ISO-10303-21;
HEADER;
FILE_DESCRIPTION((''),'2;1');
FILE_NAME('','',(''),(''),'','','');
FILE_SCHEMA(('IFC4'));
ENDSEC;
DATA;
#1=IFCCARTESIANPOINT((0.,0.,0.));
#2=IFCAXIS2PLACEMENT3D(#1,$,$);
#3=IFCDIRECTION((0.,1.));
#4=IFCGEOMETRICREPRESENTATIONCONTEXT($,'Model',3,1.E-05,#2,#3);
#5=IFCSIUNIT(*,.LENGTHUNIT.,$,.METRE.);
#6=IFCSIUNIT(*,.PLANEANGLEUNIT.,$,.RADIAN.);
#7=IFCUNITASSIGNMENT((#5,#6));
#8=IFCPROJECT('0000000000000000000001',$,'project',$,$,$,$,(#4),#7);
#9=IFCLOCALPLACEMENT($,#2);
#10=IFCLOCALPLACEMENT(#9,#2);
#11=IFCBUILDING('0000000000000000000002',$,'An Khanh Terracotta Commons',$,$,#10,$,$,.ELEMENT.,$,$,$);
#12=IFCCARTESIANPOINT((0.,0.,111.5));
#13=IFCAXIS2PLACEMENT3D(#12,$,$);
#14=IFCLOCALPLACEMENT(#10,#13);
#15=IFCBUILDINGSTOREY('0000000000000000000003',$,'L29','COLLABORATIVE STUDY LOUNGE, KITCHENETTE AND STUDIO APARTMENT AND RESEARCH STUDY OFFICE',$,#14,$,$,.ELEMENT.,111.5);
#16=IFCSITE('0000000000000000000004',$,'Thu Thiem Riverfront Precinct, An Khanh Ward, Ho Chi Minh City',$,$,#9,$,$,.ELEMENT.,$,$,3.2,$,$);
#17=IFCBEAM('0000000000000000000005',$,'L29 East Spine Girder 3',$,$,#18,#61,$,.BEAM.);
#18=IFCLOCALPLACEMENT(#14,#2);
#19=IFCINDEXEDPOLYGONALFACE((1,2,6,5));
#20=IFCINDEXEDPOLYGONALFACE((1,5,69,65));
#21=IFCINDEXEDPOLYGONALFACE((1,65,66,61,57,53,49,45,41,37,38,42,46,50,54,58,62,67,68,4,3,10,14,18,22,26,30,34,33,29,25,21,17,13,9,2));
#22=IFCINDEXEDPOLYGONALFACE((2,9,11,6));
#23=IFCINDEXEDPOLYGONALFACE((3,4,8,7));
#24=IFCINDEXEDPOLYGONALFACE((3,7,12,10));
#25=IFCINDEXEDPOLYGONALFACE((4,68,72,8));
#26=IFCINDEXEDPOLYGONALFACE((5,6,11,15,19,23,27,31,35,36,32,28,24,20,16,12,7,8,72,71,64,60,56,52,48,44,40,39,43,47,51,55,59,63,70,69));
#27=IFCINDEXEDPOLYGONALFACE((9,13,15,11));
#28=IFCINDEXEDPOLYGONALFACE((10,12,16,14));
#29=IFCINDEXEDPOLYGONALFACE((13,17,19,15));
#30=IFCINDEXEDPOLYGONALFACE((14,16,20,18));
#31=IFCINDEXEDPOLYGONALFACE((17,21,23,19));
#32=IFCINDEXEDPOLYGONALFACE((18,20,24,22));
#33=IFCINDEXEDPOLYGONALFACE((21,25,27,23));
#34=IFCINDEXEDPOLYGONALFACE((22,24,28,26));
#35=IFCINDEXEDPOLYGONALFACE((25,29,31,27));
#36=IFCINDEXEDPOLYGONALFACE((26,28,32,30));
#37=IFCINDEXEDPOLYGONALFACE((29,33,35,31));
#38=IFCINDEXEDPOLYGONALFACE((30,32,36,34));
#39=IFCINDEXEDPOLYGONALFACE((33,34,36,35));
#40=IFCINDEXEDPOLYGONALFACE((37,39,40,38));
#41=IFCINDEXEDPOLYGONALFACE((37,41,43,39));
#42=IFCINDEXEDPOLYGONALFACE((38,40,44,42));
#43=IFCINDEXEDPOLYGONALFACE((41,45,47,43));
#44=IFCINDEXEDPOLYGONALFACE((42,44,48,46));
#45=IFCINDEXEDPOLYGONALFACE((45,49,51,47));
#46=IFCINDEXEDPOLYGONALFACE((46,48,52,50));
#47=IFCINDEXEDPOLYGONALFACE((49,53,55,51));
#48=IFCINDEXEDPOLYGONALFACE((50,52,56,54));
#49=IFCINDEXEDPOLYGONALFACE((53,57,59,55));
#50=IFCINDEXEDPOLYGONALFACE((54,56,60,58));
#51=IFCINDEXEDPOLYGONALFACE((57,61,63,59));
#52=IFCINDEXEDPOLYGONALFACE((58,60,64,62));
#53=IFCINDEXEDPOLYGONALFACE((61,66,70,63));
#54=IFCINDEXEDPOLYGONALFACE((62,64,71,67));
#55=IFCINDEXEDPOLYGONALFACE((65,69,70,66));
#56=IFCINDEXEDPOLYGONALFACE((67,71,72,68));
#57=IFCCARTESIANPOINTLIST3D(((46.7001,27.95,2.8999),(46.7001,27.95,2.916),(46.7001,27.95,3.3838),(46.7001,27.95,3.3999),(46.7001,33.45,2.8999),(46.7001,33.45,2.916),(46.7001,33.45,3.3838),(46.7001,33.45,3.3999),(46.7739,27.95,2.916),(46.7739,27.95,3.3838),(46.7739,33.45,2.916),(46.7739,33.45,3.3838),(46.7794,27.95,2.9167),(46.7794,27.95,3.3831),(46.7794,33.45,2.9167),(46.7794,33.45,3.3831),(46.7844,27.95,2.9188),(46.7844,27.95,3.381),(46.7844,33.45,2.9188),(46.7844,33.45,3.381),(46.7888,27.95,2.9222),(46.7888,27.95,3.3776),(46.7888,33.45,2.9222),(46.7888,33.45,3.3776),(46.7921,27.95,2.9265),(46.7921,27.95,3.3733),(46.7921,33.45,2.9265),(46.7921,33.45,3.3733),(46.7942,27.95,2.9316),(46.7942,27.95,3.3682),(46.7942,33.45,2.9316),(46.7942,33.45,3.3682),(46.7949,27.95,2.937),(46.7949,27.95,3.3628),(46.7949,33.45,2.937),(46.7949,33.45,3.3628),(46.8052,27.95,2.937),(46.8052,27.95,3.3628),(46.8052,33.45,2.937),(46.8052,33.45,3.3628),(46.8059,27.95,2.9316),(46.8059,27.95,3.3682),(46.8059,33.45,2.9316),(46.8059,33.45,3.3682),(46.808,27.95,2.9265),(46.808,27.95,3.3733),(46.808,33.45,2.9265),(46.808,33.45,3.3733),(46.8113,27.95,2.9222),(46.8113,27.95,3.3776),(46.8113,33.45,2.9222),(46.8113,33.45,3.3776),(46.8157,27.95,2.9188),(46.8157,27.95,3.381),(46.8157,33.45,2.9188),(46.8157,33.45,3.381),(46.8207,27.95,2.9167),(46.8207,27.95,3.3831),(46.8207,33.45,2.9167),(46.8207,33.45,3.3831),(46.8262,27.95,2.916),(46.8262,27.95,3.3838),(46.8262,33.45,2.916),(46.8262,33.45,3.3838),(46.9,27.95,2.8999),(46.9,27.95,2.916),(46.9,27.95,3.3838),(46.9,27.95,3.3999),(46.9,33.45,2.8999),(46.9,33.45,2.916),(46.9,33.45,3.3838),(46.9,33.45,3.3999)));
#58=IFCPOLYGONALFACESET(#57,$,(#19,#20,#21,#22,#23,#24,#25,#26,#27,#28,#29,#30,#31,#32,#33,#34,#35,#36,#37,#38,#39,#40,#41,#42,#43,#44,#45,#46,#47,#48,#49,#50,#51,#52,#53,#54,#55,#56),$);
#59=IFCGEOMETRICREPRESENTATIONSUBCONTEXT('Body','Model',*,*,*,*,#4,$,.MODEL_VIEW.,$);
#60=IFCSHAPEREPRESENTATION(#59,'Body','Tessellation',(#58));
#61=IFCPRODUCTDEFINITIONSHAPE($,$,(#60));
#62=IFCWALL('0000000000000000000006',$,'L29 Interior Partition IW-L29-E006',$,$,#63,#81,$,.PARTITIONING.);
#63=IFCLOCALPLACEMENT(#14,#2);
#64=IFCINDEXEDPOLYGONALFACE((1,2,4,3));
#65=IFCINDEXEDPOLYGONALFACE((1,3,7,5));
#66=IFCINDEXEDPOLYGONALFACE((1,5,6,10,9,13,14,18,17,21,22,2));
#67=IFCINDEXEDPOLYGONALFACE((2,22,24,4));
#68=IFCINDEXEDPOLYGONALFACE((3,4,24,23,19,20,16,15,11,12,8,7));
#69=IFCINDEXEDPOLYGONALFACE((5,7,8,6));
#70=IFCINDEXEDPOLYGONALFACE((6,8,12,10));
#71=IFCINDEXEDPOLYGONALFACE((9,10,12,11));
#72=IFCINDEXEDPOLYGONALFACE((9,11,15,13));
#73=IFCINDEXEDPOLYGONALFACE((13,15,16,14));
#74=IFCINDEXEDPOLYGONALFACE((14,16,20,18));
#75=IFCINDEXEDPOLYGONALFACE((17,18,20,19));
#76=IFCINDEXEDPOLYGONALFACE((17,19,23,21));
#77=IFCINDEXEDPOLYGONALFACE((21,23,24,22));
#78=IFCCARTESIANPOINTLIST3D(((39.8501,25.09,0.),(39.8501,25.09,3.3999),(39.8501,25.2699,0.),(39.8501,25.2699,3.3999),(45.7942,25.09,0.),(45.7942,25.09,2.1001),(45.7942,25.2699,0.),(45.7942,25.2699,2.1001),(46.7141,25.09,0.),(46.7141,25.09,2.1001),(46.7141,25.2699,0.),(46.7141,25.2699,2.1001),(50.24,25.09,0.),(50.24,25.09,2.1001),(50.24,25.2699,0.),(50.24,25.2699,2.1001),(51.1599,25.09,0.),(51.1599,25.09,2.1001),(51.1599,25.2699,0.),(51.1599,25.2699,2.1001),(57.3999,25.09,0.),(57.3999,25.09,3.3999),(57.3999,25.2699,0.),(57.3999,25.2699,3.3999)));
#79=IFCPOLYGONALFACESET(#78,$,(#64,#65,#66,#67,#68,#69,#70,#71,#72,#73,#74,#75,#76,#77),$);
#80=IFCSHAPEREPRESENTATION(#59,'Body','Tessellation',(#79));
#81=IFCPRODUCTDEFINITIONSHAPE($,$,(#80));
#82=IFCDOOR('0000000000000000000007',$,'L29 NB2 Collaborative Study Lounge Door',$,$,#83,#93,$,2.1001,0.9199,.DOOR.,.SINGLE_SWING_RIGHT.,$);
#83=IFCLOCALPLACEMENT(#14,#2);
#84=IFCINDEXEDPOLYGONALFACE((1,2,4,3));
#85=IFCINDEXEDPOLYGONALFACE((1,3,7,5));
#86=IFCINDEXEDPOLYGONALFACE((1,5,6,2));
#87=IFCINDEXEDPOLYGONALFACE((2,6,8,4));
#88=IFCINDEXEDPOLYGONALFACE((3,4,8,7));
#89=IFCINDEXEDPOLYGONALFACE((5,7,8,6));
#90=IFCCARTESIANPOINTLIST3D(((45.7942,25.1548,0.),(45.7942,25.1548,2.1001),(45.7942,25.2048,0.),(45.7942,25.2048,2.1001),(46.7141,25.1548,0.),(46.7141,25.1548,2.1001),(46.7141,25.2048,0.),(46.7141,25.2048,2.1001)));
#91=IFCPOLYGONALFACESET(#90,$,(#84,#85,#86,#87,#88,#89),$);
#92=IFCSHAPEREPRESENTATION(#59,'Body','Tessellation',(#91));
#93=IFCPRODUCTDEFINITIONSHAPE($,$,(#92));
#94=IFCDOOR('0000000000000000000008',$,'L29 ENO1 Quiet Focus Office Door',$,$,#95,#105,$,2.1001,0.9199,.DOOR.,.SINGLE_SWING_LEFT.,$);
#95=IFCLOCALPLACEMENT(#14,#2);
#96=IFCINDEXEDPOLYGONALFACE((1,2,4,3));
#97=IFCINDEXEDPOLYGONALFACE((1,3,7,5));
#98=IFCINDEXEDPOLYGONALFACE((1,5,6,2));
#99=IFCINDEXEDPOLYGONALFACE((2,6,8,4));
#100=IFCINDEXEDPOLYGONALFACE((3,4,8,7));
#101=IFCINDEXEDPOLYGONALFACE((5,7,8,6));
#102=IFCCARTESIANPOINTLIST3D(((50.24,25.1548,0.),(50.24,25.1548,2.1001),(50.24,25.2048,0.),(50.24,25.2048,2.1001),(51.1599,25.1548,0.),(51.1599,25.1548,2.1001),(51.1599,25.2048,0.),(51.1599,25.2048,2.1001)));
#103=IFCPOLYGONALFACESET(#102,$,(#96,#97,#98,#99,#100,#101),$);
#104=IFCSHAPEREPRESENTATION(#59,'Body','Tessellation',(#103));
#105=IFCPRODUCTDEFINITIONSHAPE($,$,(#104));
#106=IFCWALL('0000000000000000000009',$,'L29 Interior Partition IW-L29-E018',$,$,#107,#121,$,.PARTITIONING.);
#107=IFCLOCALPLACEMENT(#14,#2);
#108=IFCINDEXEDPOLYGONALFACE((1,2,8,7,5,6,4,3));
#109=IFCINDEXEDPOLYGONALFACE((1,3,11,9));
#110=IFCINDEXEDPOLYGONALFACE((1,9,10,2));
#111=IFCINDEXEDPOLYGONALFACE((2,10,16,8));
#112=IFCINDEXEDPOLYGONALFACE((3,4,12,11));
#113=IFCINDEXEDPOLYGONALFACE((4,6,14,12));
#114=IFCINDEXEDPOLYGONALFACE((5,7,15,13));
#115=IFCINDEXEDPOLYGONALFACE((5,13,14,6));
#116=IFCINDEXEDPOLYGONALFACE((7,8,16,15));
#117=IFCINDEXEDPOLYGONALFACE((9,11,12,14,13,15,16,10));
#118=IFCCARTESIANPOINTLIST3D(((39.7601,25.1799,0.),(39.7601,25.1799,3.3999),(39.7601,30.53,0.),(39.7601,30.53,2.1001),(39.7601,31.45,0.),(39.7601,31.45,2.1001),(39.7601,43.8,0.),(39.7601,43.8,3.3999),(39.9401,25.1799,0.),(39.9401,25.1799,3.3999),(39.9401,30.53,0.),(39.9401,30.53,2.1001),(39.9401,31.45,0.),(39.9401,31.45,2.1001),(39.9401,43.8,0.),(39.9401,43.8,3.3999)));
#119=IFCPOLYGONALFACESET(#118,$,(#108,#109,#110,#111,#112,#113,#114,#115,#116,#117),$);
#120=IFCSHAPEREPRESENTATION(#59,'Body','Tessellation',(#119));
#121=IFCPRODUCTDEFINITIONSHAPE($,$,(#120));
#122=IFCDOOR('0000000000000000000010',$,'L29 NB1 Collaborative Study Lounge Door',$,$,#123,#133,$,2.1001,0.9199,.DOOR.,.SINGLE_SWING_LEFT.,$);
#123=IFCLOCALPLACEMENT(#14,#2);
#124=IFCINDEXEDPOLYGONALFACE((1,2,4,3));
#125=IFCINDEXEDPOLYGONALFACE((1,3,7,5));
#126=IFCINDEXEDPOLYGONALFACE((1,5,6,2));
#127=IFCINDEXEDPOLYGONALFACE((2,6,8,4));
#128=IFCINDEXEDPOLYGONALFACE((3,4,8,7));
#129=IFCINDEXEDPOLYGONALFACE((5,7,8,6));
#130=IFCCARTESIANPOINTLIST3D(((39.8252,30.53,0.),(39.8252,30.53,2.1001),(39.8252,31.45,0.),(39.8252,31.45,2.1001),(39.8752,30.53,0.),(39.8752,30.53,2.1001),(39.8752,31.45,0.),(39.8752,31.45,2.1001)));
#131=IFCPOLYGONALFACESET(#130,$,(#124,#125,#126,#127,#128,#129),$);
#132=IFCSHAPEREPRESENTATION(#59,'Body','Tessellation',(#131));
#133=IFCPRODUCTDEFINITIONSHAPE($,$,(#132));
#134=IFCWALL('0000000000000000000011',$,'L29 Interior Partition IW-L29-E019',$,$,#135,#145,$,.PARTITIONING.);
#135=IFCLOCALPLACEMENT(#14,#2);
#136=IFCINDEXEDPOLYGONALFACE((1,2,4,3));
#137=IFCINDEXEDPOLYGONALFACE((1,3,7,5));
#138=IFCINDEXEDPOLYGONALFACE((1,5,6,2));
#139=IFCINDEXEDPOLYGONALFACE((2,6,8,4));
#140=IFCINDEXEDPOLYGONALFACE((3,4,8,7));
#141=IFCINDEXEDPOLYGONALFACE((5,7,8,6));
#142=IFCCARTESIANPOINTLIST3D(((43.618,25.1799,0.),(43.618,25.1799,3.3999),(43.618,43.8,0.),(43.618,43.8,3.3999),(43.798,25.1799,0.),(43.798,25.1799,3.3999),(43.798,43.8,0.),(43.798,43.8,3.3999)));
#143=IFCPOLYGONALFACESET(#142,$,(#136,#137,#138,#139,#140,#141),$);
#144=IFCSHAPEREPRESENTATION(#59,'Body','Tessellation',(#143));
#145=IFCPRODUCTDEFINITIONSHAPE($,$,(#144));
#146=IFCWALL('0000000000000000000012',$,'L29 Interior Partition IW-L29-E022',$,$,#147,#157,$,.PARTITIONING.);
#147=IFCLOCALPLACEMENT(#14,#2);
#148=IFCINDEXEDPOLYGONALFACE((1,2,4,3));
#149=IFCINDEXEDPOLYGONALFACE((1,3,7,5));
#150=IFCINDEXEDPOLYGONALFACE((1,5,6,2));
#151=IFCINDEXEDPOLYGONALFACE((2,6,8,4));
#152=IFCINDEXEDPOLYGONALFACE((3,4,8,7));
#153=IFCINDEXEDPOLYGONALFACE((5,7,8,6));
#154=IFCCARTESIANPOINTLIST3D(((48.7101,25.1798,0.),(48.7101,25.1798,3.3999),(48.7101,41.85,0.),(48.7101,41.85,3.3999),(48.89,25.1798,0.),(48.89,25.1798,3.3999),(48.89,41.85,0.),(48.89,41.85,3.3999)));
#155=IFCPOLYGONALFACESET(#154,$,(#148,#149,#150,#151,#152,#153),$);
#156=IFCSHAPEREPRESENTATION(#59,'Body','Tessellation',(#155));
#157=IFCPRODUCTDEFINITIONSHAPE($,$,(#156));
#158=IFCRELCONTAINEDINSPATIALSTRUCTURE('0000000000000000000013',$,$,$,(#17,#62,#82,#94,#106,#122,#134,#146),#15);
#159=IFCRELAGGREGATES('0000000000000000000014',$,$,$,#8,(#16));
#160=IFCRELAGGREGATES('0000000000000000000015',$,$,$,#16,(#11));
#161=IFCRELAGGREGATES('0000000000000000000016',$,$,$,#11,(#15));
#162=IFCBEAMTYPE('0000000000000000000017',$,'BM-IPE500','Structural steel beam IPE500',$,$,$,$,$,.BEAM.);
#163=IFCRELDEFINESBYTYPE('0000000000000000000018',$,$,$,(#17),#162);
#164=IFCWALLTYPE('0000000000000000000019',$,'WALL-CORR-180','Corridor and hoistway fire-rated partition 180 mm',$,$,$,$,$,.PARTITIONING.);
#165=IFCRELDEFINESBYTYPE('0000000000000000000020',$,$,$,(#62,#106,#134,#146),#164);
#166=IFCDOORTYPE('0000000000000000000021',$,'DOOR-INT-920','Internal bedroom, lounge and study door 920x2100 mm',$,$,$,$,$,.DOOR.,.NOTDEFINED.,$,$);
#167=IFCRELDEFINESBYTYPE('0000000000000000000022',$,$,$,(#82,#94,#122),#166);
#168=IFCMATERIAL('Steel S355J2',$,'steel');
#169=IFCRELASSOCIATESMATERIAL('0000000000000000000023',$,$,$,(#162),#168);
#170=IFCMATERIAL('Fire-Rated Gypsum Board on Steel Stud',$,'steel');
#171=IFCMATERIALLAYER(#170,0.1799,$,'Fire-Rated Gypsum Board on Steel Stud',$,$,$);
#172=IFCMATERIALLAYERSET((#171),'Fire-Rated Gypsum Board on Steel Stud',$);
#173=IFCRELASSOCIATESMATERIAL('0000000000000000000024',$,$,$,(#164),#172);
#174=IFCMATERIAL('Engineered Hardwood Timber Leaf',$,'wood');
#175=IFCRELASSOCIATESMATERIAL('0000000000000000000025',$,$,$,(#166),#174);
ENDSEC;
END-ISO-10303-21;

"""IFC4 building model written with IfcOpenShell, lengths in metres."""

from ifc_helpers import new_model, si_unit, direction, frame, frame_2d, origin, origin_2d, place, context, subcontext, project, spatial, rectangle, i_section, extrude, material, layer, layer_set, material_profile, profile_set, type_object, element, fill, save


model = new_model("IFC4")

# Units and contexts
model_context = context("Model", 3, precision=1e-05, world=origin(), true_north=direction((0.0, 1.0)))
body_context = subcontext(model_context, "Body", "Model", "MODEL_VIEW")
ifc_project = project(units=[si_unit("LENGTHUNIT", "METRE"), si_unit("PLANEANGLEUNIT", "RADIAN")], contexts=[model_context])

# Site, building, storey
site_placement = place(None, origin())
site = spatial("IfcSite", under=ifc_project, at=site_placement, Name="Thu Thiem Riverfront Precinct, An Khanh Ward, Ho Chi Minh City", CompositionType="ELEMENT", RefElevation=3.2)
building_placement = place(site_placement, origin())
building = spatial("IfcBuilding", under=site, at=building_placement, Name="An Khanh Terracotta Commons", CompositionType="ELEMENT")
storey_placement = place(building_placement, frame((0.0, 0.0, 111.5)))
storey = spatial("IfcBuildingStorey", under=building, at=storey_placement, Name="L29", Description="COLLABORATIVE STUDY LOUNGE, KITCHENETTE AND STUDIO APARTMENT AND RESEARCH STUDY OFFICE", CompositionType="ELEMENT", Elevation=111.5)

# Beam
ifc_material_1 = material(Name="Steel S355J2", Category="steel")
ifc_material_profile_1 = material_profile(ifc_material_1, i_section(OverallWidth=0.2, OverallDepth=0.5, WebThickness=0.0103, FlangeThickness=0.0161, FilletRadius=0.021, at=origin_2d()), Name="IPE500")
ifc_profile_set_1 = profile_set([ifc_material_profile_1], Name="Steel S355J2")
beam_type_1 = type_object("IfcBeamType", Name="BM-IPE500", Description="Structural steel beam IPE500", PredefinedType="BEAM", material=ifc_profile_set_1)
beam_1_placement = place(storey_placement, frame((46.8, 27.95, 3.1499), z_axis=(0.0, 1.0, 0.0), x_axis=(-1.0, 0.0, 0.0)))
element("IfcBeam", 1, at=beam_1_placement, inside=storey, type_object=beam_type_1, Name="L29 East Spine Girder 3", PredefinedType="BEAM", context=body_context, shape_type="SweptSolid", body=[
    extrude(i_section(OverallWidth=0.2, OverallDepth=0.5, WebThickness=0.0103, FlangeThickness=0.0161, FilletRadius=0.021, at=origin_2d()), origin(), (0.0, 0.0, 1.0), 5.5),
])

# Wall, openings, doors
ifc_material_2 = material(Name="Fire-Rated Gypsum Board on Steel Stud", Category="steel")
ifc_layer = layer(ifc_material_2, 0.1799, Name="Fire-Rated Gypsum Board on Steel Stud")
ifc_layer_set = layer_set([ifc_layer], Name="Fire-Rated Gypsum Board on Steel Stud")
wall_type = type_object("IfcWallType", Name="WALL-CORR-180", Description="Corridor and hoistway fire-rated partition 180 mm", PredefinedType="PARTITIONING", material=ifc_layer_set)
wall_1_placement = place(storey_placement, frame((39.8501, 25.1799, 0.0), z_axis=(0.0, 0.0, 1.0), x_axis=(1.0, 0.0, 0.0)))
wall_1 = element("IfcWall", 2, at=wall_1_placement, inside=storey, type_object=wall_type, Name="L29 Interior Partition IW-L29-E006", PredefinedType="PARTITIONING", context=body_context, shape_type="SweptSolid", body=[
    extrude(rectangle(XDim=17.5498, YDim=0.1799, at=frame_2d((8.7749, 0.0))), origin(), (0.0, 0.0, 1.0), 3.3999),
])
opening_1_placement = place(wall_1_placement, frame((5.9441, 0.0, 0.0)))
opening_1 = element("IfcOpeningElement", 3, at=opening_1_placement, cuts=wall_1, PredefinedType="OPENING", context=body_context, shape_type="SweptSolid", body=[
    extrude(rectangle(XDim=0.9199, YDim=2.1001, at=frame_2d((0.46, 1.05))), frame((0.0, 0.0999, 0.0), z_axis=(0.0, -1.0, 0.0), x_axis=(1.0, 0.0, 0.0)), (0.0, 0.0, 1.0), 0.2),
])
opening_2_placement = place(wall_1_placement, frame((10.3899, 0.0, 0.0)))
opening_2 = element("IfcOpeningElement", 4, at=opening_2_placement, cuts=wall_1, PredefinedType="OPENING", context=body_context, shape_type="SweptSolid", body=[
    extrude(rectangle(XDim=0.9199, YDim=2.1001, at=frame_2d((0.46, 1.05))), frame((0.0, 0.0999, 0.0), z_axis=(0.0, -1.0, 0.0), x_axis=(1.0, 0.0, 0.0)), (0.0, 0.0, 1.0), 0.2),
])
ifc_material_3 = material(Name="Engineered Hardwood Timber Leaf", Category="wood")
door_type = type_object("IfcDoorType", Name="DOOR-INT-920", Description="Internal bedroom, lounge and study door 920x2100 mm", OperationType="NOTDEFINED", PredefinedType="DOOR", material=ifc_material_3)
door_1_placement = place(opening_1_placement, origin())
door_1 = element("IfcDoor", 5, at=door_1_placement, inside=storey, type_object=door_type, Name="L29 NB2 Collaborative Study Lounge Door", OperationType="SINGLE_SWING_RIGHT", OverallHeight=2.1001, OverallWidth=0.9199, PredefinedType="DOOR", context=body_context, shape_type="SweptSolid", body=[
    extrude(rectangle(XDim=0.9199, YDim=2.1001, at=frame_2d((0.46, 1.05))), frame((0.0, 0.0249, 0.0), z_axis=(0.0, -1.0, 0.0), x_axis=(1.0, 0.0, 0.0)), (0.0, 0.0, 1.0), 0.05),
])
fill(opening_1, door_1)
door_2_placement = place(opening_2_placement, origin())
door_2 = element("IfcDoor", 6, at=door_2_placement, inside=storey, type_object=door_type, Name="L29 ENO1 Quiet Focus Office Door", OperationType="SINGLE_SWING_LEFT", OverallHeight=2.1001, OverallWidth=0.9199, PredefinedType="DOOR", context=body_context, shape_type="SweptSolid", body=[
    extrude(rectangle(XDim=0.9199, YDim=2.1001, at=frame_2d((0.46, 1.05))), frame((0.0, 0.0249, 0.0), z_axis=(0.0, -1.0, 0.0), x_axis=(1.0, 0.0, 0.0)), (0.0, 0.0, 1.0), 0.05),
])
fill(opening_2, door_2)

# Wall, opening, door
wall_2_placement = place(storey_placement, frame((39.8501, 25.1799, 0.0), z_axis=(0.0, 0.0, 1.0), x_axis=(0.0, 1.0, 0.0)))
wall_2 = element("IfcWall", 7, at=wall_2_placement, inside=storey, type_object=wall_type, Name="L29 Interior Partition IW-L29-E018", PredefinedType="PARTITIONING", context=body_context, shape_type="SweptSolid", body=[
    extrude(rectangle(XDim=18.6201, YDim=0.1799, at=frame_2d((9.3101, 0.0))), origin(), (0.0, 0.0, 1.0), 3.3999),
])
opening_3_placement = place(wall_2_placement, frame((5.3501, 0.0, 0.0)))
opening_3 = element("IfcOpeningElement", 8, at=opening_3_placement, cuts=wall_2, PredefinedType="OPENING", context=body_context, shape_type="SweptSolid", body=[
    extrude(rectangle(XDim=0.9199, YDim=2.1001, at=frame_2d((0.46, 1.05))), frame((0.0, 0.0999, 0.0), z_axis=(0.0, -1.0, 0.0), x_axis=(1.0, 0.0, 0.0)), (0.0, 0.0, 1.0), 0.2),
])
door_3_placement = place(opening_3_placement, origin())
door_3 = element("IfcDoor", 9, at=door_3_placement, inside=storey, type_object=door_type, Name="L29 NB1 Collaborative Study Lounge Door", OperationType="SINGLE_SWING_LEFT", OverallHeight=2.1001, OverallWidth=0.9199, PredefinedType="DOOR", context=body_context, shape_type="SweptSolid", body=[
    extrude(rectangle(XDim=0.9199, YDim=2.1001, at=frame_2d((0.46, 1.05))), frame((0.0, 0.0249, 0.0), z_axis=(0.0, -1.0, 0.0), x_axis=(1.0, 0.0, 0.0)), (0.0, 0.0, 1.0), 0.05),
])
fill(opening_3, door_3)

# Walls
wall_3_placement = place(storey_placement, frame((43.708, 25.1799, 0.0), z_axis=(0.0, 0.0, 1.0), x_axis=(0.0, 1.0, 0.0)))
element("IfcWall", 10, at=wall_3_placement, inside=storey, type_object=wall_type, Name="L29 Interior Partition IW-L29-E019", PredefinedType="PARTITIONING", context=body_context, shape_type="SweptSolid", body=[
    extrude(rectangle(XDim=18.6201, YDim=0.1799, at=frame_2d((9.3101, 0.0))), origin(), (0.0, 0.0, 1.0), 3.3999),
])
wall_4_placement = place(storey_placement, frame((48.8, 25.1799, 0.0), z_axis=(0.0, 0.0, 1.0), x_axis=(0.0, 1.0, 0.0)))
element("IfcWall", 11, at=wall_4_placement, inside=storey, type_object=wall_type, Name="L29 Interior Partition IW-L29-E022", PredefinedType="PARTITIONING", context=body_context, shape_type="SweptSolid", body=[
    extrude(rectangle(XDim=16.6702, YDim=0.1799, at=frame_2d((8.335, 0.0))), origin(), (0.0, 0.0, 1.0), 3.3999),
])

save(model, "model.ifc")
